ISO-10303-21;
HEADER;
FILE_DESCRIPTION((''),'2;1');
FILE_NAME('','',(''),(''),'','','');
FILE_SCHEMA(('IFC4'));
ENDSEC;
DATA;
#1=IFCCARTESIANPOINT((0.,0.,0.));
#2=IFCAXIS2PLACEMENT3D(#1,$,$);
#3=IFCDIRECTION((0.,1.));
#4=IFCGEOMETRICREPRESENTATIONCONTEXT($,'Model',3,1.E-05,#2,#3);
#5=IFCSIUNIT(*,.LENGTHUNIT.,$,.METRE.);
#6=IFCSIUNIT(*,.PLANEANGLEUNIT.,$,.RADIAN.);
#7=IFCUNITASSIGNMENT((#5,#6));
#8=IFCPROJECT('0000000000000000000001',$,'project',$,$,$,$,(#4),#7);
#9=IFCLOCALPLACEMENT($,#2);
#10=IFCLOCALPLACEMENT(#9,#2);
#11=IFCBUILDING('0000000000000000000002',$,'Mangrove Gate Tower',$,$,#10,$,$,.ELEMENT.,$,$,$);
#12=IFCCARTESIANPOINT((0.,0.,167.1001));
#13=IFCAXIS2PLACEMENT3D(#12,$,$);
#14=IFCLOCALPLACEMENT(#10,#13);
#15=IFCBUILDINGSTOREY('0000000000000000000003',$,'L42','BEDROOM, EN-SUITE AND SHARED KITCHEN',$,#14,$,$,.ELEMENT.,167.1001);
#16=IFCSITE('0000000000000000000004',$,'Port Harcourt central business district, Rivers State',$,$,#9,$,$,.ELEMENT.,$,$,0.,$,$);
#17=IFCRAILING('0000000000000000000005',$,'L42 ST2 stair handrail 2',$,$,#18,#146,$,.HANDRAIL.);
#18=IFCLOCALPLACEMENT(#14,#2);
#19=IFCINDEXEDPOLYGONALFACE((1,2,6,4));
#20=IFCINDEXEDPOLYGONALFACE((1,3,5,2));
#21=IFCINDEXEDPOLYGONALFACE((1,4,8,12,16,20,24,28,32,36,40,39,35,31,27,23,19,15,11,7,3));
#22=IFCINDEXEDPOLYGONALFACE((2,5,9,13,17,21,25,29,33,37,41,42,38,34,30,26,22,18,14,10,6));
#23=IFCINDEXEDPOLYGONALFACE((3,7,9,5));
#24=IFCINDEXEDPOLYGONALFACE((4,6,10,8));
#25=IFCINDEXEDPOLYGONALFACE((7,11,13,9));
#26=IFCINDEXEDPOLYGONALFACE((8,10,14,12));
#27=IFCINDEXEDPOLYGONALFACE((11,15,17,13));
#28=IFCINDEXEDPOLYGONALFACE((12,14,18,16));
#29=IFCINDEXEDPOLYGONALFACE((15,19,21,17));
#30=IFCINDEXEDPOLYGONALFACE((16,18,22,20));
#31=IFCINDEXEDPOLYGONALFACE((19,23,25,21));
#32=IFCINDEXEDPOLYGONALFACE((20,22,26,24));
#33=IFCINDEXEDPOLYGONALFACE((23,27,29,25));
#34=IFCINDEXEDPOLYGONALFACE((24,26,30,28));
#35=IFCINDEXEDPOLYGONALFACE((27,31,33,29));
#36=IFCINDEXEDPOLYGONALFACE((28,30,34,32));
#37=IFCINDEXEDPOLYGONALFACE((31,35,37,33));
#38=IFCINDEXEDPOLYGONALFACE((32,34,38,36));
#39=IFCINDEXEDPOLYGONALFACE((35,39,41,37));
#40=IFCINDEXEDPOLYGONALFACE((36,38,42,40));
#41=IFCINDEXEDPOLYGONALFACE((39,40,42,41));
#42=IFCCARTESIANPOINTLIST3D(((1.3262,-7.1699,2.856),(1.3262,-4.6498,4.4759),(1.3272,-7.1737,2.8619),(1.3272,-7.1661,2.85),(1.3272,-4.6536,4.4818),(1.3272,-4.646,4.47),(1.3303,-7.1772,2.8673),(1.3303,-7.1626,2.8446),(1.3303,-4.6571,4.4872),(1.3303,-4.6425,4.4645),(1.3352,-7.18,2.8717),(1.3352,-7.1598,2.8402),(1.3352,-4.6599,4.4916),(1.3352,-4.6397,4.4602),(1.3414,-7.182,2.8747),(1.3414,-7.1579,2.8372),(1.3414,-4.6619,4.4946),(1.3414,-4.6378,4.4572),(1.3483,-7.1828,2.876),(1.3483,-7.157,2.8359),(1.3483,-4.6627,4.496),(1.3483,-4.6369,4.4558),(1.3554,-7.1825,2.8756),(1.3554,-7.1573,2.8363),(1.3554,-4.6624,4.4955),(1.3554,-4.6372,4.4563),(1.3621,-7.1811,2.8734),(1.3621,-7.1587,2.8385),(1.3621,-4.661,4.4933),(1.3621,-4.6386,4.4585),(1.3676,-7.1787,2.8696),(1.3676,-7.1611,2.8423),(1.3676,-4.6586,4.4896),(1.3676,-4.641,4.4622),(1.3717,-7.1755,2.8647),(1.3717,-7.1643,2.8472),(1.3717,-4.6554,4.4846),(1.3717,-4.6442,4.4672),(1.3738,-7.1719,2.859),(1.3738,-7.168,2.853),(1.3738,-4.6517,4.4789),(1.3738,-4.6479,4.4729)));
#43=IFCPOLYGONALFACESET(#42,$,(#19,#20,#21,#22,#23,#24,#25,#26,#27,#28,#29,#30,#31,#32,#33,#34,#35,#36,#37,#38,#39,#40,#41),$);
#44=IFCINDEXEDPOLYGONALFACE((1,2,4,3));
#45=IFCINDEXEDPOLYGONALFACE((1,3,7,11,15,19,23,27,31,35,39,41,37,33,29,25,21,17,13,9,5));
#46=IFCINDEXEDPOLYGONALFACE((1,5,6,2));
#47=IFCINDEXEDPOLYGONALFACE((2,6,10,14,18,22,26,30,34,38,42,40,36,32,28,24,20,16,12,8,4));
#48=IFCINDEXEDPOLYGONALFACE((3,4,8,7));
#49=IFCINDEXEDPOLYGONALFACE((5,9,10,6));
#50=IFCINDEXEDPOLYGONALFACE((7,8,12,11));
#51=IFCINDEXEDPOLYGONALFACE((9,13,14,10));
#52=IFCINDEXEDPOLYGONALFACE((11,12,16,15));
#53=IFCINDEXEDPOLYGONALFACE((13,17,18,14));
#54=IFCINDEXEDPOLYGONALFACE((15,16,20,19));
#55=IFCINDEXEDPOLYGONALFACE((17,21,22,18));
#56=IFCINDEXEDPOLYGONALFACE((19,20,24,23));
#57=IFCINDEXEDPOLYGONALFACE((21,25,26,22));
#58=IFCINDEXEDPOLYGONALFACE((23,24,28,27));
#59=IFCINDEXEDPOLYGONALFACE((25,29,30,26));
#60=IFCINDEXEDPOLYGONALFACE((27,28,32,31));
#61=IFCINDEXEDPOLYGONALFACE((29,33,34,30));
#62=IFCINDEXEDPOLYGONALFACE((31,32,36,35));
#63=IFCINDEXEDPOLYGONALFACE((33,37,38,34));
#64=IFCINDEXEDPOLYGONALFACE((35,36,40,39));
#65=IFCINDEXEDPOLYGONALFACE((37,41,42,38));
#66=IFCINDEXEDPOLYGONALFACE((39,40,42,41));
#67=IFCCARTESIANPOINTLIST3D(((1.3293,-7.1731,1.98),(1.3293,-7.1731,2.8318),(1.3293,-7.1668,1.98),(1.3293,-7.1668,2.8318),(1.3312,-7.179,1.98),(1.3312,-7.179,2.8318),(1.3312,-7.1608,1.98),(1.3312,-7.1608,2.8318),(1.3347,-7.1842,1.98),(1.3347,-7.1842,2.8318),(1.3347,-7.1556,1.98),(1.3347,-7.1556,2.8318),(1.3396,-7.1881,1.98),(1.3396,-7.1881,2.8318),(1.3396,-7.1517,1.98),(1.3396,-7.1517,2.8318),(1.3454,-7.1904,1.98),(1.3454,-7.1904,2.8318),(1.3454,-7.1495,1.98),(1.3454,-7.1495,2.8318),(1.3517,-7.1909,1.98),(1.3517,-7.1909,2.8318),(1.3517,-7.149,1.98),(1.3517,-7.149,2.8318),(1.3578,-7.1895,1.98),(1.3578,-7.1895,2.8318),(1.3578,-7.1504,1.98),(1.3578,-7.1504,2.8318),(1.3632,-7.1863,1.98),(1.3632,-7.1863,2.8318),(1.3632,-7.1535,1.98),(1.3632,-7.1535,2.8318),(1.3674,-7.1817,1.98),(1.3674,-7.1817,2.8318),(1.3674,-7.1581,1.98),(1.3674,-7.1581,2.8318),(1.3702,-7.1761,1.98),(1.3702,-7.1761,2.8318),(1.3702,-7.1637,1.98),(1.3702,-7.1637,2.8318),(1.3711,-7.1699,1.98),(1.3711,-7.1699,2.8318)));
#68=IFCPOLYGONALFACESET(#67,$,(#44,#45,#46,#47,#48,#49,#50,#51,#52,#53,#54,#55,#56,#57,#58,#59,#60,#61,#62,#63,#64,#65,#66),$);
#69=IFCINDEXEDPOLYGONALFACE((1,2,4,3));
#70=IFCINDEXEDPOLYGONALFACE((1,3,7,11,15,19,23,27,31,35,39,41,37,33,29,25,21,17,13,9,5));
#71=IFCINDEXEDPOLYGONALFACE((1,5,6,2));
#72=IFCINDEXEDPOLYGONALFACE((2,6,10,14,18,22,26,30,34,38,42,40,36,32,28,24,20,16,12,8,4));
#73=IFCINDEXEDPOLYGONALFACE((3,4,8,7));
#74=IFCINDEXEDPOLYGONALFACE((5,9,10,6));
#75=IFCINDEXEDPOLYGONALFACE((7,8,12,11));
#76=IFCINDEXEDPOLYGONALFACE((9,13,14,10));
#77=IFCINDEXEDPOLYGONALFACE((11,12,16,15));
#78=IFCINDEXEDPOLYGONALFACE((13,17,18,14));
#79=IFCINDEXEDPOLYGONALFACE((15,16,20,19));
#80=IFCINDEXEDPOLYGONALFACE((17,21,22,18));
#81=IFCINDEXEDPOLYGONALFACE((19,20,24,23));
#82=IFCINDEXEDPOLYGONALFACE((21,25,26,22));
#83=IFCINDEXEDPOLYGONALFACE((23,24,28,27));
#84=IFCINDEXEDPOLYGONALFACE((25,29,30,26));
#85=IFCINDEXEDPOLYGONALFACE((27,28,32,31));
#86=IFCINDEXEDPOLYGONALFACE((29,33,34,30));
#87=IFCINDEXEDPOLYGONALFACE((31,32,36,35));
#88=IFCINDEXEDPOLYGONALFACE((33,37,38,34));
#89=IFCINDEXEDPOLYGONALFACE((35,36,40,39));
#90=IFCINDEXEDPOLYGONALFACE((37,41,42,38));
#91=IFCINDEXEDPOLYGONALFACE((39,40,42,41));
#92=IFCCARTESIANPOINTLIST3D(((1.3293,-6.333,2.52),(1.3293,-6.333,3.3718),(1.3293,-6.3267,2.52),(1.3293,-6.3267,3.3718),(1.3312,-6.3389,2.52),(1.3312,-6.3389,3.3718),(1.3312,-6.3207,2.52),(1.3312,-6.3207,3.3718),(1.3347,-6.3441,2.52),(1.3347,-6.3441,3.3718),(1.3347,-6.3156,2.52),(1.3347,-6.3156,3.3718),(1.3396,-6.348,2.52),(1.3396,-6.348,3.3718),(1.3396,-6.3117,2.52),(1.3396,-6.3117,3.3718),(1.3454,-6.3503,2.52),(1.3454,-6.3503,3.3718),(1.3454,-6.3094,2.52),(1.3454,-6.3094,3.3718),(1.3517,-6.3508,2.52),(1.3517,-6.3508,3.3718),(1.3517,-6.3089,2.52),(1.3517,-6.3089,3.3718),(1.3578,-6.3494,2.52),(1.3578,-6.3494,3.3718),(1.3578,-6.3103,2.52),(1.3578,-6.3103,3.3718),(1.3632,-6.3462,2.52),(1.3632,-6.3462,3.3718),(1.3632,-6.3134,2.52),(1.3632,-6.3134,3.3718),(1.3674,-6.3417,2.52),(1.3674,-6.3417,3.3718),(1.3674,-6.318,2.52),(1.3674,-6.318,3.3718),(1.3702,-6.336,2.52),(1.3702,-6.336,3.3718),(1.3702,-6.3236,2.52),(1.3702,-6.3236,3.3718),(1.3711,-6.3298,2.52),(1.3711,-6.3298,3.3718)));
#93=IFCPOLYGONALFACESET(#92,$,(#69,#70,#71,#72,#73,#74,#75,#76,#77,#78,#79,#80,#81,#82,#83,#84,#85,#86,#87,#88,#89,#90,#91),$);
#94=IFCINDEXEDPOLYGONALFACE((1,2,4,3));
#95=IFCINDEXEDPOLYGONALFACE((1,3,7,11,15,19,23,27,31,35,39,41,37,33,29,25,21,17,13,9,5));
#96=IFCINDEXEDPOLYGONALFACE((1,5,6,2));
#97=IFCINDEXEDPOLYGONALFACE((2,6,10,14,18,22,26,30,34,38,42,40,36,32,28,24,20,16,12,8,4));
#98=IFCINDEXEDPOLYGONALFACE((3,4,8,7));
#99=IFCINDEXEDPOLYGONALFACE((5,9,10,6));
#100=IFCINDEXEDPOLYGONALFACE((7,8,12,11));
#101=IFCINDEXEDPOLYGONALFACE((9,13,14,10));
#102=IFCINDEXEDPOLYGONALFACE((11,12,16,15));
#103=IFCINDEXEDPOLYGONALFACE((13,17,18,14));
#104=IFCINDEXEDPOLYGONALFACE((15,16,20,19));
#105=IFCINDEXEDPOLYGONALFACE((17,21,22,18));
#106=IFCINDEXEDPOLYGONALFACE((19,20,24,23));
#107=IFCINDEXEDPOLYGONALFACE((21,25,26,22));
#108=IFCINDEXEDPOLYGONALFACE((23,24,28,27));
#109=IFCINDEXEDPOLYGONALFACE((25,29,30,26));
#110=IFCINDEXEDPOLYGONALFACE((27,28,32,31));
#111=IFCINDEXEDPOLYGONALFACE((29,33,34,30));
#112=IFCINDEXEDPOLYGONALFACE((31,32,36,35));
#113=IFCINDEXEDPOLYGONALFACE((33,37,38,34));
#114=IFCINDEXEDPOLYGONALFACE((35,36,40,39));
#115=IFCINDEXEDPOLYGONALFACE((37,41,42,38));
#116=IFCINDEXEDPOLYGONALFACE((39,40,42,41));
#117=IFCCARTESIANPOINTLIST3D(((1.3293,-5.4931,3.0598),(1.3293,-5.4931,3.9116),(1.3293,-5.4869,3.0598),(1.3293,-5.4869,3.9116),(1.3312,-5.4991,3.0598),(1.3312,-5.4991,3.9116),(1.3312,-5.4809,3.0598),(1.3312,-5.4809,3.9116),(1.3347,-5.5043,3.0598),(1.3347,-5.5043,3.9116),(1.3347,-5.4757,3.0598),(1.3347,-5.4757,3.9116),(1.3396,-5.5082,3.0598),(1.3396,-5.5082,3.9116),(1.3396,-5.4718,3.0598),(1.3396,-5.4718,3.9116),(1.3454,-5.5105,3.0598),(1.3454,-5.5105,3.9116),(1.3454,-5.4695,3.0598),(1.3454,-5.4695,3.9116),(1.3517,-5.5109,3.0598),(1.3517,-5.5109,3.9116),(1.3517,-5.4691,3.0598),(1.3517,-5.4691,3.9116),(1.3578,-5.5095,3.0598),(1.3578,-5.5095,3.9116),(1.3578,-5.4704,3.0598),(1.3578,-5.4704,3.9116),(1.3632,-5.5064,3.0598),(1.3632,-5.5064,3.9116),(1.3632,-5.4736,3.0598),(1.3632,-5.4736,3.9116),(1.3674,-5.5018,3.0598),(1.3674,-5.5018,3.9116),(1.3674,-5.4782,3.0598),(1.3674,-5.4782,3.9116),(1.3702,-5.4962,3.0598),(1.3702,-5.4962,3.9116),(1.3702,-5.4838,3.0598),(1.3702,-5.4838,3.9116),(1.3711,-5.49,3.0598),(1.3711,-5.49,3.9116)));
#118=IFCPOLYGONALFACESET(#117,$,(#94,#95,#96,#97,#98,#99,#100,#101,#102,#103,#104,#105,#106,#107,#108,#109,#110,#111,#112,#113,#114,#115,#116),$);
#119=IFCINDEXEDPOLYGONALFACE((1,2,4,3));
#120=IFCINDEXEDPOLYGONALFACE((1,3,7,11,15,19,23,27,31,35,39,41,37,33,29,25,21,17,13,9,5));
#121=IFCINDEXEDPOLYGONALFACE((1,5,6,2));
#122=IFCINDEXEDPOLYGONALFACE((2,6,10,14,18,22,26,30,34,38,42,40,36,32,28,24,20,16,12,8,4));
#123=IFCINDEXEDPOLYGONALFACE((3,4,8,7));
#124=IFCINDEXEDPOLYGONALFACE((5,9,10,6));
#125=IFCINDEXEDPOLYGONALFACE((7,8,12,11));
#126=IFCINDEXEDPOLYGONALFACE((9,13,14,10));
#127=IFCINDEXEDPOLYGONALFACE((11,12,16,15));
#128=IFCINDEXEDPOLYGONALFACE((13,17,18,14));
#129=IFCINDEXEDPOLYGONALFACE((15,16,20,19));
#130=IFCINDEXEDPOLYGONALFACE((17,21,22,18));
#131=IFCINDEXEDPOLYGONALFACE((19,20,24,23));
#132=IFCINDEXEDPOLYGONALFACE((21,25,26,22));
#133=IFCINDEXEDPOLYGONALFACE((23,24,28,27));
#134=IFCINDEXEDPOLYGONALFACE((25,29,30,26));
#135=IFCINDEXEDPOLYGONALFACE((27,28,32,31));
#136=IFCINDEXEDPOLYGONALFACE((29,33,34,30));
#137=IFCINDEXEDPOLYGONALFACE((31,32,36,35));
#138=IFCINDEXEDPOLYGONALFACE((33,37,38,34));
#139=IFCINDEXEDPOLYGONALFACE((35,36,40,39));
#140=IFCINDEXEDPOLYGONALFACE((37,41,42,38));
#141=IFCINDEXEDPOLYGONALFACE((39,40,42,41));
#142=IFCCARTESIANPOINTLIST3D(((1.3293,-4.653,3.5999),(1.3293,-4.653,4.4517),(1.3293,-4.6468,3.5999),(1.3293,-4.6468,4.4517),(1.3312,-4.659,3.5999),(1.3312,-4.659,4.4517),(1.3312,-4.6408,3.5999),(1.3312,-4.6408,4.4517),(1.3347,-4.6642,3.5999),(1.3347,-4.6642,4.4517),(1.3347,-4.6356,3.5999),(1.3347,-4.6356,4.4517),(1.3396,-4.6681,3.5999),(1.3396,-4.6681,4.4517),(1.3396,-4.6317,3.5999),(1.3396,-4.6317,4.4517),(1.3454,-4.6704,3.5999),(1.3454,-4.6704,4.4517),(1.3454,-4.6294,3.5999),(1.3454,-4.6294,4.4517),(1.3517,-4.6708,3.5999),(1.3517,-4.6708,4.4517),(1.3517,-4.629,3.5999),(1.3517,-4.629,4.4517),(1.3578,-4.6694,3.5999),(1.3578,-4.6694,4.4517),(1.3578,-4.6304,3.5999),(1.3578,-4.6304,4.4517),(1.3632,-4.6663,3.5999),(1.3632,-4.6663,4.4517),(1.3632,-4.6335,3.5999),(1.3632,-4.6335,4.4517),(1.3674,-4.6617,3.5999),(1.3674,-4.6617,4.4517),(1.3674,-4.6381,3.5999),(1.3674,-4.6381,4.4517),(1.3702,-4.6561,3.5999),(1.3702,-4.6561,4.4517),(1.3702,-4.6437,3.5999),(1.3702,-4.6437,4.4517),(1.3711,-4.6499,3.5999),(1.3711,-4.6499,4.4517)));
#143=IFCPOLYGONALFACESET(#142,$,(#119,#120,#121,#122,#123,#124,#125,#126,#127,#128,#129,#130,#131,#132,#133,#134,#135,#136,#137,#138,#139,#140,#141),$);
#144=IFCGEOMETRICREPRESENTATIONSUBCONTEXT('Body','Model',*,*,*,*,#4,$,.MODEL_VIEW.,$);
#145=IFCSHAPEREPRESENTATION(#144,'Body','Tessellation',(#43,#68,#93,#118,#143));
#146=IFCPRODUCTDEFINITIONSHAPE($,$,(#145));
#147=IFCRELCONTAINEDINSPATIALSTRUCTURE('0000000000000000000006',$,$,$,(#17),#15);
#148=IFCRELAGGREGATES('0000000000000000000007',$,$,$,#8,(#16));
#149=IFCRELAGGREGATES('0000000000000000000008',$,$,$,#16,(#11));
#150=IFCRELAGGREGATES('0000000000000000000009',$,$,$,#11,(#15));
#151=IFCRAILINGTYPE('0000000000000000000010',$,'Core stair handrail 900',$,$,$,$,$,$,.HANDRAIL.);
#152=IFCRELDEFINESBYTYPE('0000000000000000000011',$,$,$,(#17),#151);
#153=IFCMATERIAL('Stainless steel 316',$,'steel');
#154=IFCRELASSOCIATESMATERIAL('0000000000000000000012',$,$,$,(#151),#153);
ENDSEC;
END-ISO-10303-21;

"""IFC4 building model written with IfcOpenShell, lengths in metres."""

from ifc_helpers import new_model, si_unit, direction, frame, origin, origin_2d, place, context, subcontext, project, spatial, circle, extrude, material, type_object, element, save


model = new_model("IFC4")

# Units and contexts
model_context = context("Model", 3, precision=1e-05, world=origin(), true_north=direction((0.0, 1.0)))
body_context = subcontext(model_context, "Body", "Model", "MODEL_VIEW")
ifc_project = project(units=[si_unit("LENGTHUNIT", "METRE"), si_unit("PLANEANGLEUNIT", "RADIAN")], contexts=[model_context])

# Site, building, storey
site_placement = place(None, origin())
site = spatial("IfcSite", under=ifc_project, at=site_placement, Name="Port Harcourt central business district, Rivers State", CompositionType="ELEMENT", RefElevation=0.0)
building_placement = place(site_placement, origin())
building = spatial("IfcBuilding", under=site, at=building_placement, Name="Mangrove Gate Tower", CompositionType="ELEMENT")
storey_placement = place(building_placement, frame((0.0, 0.0, 167.1001)))
storey = spatial("IfcBuildingStorey", under=building, at=storey_placement, Name="L42", Description="BEDROOM, EN-SUITE AND SHARED KITCHEN", CompositionType="ELEMENT", Elevation=167.1001)

# Railing
ifc_material_1 = material(Name="Stainless steel 316", Category="steel")
railing_type_1 = type_object("IfcRailingType", Name="Core stair handrail 900", PredefinedType="HANDRAIL", material=ifc_material_1)
railing_1_placement = place(storey_placement, frame((1.3501, -7.1699, 1.98)))
element("IfcRailing", 1, at=railing_1_placement, inside=storey, type_object=railing_type_1, Name="L42 ST2 stair handrail 2", PredefinedType="HANDRAIL", context=body_context, shape_type="SweptSolid", body=[
    extrude(circle(Radius=0.0239, at=origin_2d()), frame((0.0, 0.0, 0.876), z_axis=(0.0, 0.8412, 0.540725), x_axis=(-1.0, 0.0, 0.0)), (0.0, 0.0, 1.0), 2.9958),
    extrude(circle(Radius=0.021, at=origin_2d()), origin(), (0.0, 0.0, 1.0), 0.8518),
    extrude(circle(Radius=0.021, at=origin_2d()), frame((0.0, 0.8401, 0.54)), (0.0, 0.0, 1.0), 0.8518),
    extrude(circle(Radius=0.021, at=origin_2d()), frame((0.0, 1.6799, 1.0798)), (0.0, 0.0, 1.0), 0.8518),
    extrude(circle(Radius=0.021, at=origin_2d()), frame((0.0, 2.52, 1.6199)), (0.0, 0.0, 1.0), 0.8518),
])

save(model, "model.ifc")
